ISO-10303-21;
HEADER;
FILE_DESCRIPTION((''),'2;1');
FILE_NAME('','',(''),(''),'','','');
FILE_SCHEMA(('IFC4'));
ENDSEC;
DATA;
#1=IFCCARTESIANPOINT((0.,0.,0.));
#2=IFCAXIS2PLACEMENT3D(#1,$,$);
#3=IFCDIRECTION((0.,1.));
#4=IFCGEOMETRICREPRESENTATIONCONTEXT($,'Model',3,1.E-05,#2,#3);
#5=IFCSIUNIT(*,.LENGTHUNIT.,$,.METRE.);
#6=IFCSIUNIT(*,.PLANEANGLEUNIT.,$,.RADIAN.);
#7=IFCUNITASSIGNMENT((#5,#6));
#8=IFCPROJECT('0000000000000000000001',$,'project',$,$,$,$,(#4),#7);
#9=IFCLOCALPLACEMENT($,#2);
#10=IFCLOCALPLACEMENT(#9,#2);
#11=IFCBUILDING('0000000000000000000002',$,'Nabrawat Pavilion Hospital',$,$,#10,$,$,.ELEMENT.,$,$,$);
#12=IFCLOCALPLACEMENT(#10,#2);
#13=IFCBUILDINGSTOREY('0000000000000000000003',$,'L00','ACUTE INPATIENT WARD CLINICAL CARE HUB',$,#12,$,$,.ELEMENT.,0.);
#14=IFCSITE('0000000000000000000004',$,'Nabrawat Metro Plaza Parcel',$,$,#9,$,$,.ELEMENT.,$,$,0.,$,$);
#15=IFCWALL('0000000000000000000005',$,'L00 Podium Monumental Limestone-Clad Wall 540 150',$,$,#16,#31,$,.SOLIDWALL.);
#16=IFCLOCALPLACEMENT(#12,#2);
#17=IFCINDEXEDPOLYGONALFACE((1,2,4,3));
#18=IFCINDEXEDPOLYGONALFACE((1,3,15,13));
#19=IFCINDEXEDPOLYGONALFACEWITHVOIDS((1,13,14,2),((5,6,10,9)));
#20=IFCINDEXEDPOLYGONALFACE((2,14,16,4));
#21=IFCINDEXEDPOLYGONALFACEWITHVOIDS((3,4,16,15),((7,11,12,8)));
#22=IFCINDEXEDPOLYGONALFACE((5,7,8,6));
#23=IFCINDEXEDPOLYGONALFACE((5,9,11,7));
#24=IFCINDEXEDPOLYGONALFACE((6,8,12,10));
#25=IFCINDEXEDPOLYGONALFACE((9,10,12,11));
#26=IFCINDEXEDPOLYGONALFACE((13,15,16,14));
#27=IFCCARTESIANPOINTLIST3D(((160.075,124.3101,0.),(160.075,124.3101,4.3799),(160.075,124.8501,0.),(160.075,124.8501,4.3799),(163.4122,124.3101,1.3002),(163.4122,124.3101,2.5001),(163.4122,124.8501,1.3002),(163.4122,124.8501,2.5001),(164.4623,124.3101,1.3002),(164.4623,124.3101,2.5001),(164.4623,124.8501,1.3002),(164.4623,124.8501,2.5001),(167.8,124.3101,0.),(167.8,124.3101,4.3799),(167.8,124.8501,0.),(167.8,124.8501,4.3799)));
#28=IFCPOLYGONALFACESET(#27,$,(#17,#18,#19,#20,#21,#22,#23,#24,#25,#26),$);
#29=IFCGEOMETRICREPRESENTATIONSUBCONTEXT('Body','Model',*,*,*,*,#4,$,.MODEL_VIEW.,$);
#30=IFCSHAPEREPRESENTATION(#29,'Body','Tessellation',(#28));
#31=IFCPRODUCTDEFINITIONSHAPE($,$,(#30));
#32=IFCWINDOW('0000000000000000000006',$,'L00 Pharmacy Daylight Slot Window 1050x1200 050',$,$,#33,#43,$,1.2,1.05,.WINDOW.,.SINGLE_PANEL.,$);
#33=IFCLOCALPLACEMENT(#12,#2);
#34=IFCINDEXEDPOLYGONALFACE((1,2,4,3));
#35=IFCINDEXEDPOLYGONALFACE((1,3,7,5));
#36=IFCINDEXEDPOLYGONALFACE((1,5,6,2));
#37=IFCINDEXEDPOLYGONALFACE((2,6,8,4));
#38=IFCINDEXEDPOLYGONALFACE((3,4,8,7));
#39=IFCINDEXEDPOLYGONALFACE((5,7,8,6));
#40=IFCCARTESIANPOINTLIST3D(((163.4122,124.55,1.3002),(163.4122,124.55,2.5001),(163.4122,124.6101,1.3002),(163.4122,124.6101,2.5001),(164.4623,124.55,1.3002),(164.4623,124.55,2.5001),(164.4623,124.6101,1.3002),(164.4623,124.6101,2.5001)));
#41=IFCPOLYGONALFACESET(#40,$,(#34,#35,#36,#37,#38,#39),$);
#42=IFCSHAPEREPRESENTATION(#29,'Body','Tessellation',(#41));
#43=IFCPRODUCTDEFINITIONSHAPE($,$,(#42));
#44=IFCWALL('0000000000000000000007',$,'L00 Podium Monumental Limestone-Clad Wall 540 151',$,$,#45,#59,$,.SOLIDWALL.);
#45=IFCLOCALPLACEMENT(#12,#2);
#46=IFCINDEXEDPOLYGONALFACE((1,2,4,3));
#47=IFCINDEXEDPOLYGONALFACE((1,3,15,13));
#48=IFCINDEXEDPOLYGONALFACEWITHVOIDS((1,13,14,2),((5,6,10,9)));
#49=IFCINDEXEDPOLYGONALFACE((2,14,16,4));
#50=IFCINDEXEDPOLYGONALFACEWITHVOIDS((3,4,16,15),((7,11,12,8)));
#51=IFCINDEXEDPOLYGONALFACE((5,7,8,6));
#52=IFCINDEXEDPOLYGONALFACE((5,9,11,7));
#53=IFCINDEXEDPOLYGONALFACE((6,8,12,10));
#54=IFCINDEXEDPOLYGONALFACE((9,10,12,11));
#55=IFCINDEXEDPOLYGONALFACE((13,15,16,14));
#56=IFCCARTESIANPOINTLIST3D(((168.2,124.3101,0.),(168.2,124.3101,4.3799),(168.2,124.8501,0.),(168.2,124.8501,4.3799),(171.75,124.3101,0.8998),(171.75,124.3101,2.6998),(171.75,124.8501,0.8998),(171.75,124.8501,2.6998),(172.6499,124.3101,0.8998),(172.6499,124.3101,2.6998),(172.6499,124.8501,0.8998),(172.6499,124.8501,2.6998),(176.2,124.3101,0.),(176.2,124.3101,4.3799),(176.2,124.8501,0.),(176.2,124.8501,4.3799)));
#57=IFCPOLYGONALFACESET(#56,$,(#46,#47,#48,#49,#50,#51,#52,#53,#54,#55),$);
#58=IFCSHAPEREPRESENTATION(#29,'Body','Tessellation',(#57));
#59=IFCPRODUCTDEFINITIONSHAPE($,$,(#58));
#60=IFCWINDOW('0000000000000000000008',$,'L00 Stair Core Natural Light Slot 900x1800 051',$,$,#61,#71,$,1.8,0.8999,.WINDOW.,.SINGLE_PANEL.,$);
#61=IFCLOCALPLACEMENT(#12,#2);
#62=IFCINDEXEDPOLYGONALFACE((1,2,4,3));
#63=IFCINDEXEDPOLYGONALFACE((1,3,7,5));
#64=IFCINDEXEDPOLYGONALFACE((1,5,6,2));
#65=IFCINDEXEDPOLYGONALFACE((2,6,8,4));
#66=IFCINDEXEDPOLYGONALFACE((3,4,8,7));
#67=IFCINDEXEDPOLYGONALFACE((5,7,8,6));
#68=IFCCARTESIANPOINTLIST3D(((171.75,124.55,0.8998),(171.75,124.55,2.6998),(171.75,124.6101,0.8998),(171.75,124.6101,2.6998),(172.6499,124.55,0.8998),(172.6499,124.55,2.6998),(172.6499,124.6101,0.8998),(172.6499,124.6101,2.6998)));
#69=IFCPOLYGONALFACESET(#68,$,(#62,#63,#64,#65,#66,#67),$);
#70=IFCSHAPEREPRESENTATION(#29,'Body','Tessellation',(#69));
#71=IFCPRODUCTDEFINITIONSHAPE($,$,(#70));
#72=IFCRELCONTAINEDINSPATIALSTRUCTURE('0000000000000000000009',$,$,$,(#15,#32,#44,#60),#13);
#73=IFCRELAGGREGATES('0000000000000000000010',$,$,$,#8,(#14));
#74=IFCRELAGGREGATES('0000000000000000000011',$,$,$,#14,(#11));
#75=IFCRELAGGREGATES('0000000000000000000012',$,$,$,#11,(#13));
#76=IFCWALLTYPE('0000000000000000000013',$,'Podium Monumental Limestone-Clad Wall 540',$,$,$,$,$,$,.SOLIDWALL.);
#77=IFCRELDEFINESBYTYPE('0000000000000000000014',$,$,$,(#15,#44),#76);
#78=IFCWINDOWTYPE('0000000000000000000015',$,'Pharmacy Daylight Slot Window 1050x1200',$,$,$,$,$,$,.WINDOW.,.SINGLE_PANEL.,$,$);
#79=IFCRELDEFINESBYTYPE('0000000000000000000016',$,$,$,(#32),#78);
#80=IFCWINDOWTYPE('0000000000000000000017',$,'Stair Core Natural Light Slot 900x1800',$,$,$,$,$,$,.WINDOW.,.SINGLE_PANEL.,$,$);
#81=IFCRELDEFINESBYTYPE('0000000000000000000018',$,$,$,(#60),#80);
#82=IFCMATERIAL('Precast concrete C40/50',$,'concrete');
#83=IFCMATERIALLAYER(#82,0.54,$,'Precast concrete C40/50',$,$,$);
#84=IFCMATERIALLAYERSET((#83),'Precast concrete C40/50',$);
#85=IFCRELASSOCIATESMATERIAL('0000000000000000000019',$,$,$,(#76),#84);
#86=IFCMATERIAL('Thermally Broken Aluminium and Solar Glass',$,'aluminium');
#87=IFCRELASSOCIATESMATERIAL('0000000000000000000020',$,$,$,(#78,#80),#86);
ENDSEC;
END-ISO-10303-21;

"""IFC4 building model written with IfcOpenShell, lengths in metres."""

from ifc_helpers import new_model, si_unit, direction, frame, frame_2d, origin, place, context, subcontext, project, spatial, rectangle, extrude, material, layer, layer_set, type_object, element, fill, save


model = new_model("IFC4")

# Units and contexts
model_context = context("Model", 3, precision=1e-05, world=origin(), true_north=direction((0.0, 1.0)))
body_context = subcontext(model_context, "Body", "Model", "MODEL_VIEW")
ifc_project = project(units=[si_unit("LENGTHUNIT", "METRE"), si_unit("PLANEANGLEUNIT", "RADIAN")], contexts=[model_context])

# Site, building, storey
site_placement = place(None, origin())
site = spatial("IfcSite", under=ifc_project, at=site_placement, Name="Nabrawat Metro Plaza Parcel", CompositionType="ELEMENT", RefElevation=0.0)
building_placement = place(site_placement, origin())
building = spatial("IfcBuilding", under=site, at=building_placement, Name="Nabrawat Pavilion Hospital", CompositionType="ELEMENT")
storey_placement = place(building_placement, origin())
storey = spatial("IfcBuildingStorey", under=building, at=storey_placement, Name="L00", Description="ACUTE INPATIENT WARD CLINICAL CARE HUB", CompositionType="ELEMENT", Elevation=0.0)

# Walls, openings, windows
ifc_material_1 = material(Name="Precast concrete C40/50", Category="concrete")
ifc_layer_1 = layer(ifc_material_1, 0.54, Name="Precast concrete C40/50")
ifc_layer_set_1 = layer_set([ifc_layer_1], Name="Precast concrete C40/50")
wall_type_1 = type_object("IfcWallType", Name="Podium Monumental Limestone-Clad Wall 540", PredefinedType="SOLIDWALL", material=ifc_layer_set_1)
wall_1_placement = place(storey_placement, frame((160.075, 124.5801, 0.0), z_axis=(0.0, 0.0, 1.0), x_axis=(1.0, 0.0, 0.0)))
wall_1 = element("IfcWall", 1, at=wall_1_placement, inside=storey, type_object=wall_type_1, Name="L00 Podium Monumental Limestone-Clad Wall 540 150", PredefinedType="SOLIDWALL", context=body_context, shape_type="SweptSolid", body=[
    extrude(rectangle(XDim=7.7251, YDim=0.54, at=frame_2d((3.8625, 0.0))), origin(), (0.0, 0.0, 1.0), 4.3799),
])
opening_1_placement = place(wall_1_placement, frame((3.3374, 0.0, 1.3)))
opening_1 = element("IfcOpeningElement", 2, at=opening_1_placement, cuts=wall_1, PredefinedType="OPENING", context=body_context, shape_type="SweptSolid", body=[
    extrude(rectangle(XDim=1.05, YDim=1.2, at=frame_2d((0.5249, 0.6001))), frame((0.0, 0.28, 0.0), z_axis=(0.0, -1.0, 0.0), x_axis=(1.0, 0.0, 0.0)), (0.0, 0.0, 1.0), 0.5601),
])
ifc_material_2 = material(Name="Thermally Broken Aluminium and Solar Glass", Category="aluminium")
window_type_1 = type_object("IfcWindowType", Name="Pharmacy Daylight Slot Window 1050x1200", PartitioningType="SINGLE_PANEL", PredefinedType="WINDOW", material=ifc_material_2)
window_1_placement = place(opening_1_placement, origin())
window_1 = element("IfcWindow", 3, at=window_1_placement, inside=storey, type_object=window_type_1, Name="L00 Pharmacy Daylight Slot Window 1050x1200 050", OverallHeight=1.2, OverallWidth=1.05, PartitioningType="SINGLE_PANEL", PredefinedType="WINDOW", context=body_context, shape_type="SweptSolid", body=[
    extrude(rectangle(XDim=1.05, YDim=1.2, at=frame_2d((0.5249, 0.6001))), frame((0.0, 0.03, 0.0), z_axis=(0.0, -1.0, 0.0), x_axis=(1.0, 0.0, 0.0)), (0.0, 0.0, 1.0), 0.0601),
])
fill(opening_1, window_1)
wall_2_placement = place(storey_placement, frame((168.2, 124.5801, 0.0), z_axis=(0.0, 0.0, 1.0), x_axis=(1.0, 0.0, 0.0)))
wall_2 = element("IfcWall", 4, at=wall_2_placement, inside=storey, type_object=wall_type_1, Name="L00 Podium Monumental Limestone-Clad Wall 540 151", PredefinedType="SOLIDWALL", context=body_context, shape_type="SweptSolid", body=[
    extrude(rectangle(XDim=8.0, YDim=0.54, at=frame_2d((4.0, 0.0))), origin(), (0.0, 0.0, 1.0), 4.3799),
])
opening_2_placement = place(wall_2_placement, frame((3.55, 0.0, 0.8999)))
opening_2 = element("IfcOpeningElement", 5, at=opening_2_placement, cuts=wall_2, PredefinedType="OPENING", context=body_context, shape_type="SweptSolid", body=[
    extrude(rectangle(XDim=0.8999, YDim=1.8, at=frame_2d((0.45, 0.8999))), frame((0.0, 0.28, 0.0), z_axis=(0.0, -1.0, 0.0), x_axis=(1.0, 0.0, 0.0)), (0.0, 0.0, 1.0), 0.5601),
])
window_type_2 = type_object("IfcWindowType", Name="Stair Core Natural Light Slot 900x1800", PartitioningType="SINGLE_PANEL", PredefinedType="WINDOW", material=ifc_material_2)
window_2_placement = place(opening_2_placement, origin())
window_2 = element("IfcWindow", 6, at=window_2_placement, inside=storey, type_object=window_type_2, Name="L00 Stair Core Natural Light Slot 900x1800 051", OverallHeight=1.8, OverallWidth=0.8999, PartitioningType="SINGLE_PANEL", PredefinedType="WINDOW", context=body_context, shape_type="SweptSolid", body=[
    extrude(rectangle(XDim=0.8999, YDim=1.8, at=frame_2d((0.45, 0.8999))), frame((0.0, 0.03, 0.0), z_axis=(0.0, -1.0, 0.0), x_axis=(1.0, 0.0, 0.0)), (0.0, 0.0, 1.0), 0.0601),
])
fill(opening_2, window_2)

save(model, "model.ifc")
